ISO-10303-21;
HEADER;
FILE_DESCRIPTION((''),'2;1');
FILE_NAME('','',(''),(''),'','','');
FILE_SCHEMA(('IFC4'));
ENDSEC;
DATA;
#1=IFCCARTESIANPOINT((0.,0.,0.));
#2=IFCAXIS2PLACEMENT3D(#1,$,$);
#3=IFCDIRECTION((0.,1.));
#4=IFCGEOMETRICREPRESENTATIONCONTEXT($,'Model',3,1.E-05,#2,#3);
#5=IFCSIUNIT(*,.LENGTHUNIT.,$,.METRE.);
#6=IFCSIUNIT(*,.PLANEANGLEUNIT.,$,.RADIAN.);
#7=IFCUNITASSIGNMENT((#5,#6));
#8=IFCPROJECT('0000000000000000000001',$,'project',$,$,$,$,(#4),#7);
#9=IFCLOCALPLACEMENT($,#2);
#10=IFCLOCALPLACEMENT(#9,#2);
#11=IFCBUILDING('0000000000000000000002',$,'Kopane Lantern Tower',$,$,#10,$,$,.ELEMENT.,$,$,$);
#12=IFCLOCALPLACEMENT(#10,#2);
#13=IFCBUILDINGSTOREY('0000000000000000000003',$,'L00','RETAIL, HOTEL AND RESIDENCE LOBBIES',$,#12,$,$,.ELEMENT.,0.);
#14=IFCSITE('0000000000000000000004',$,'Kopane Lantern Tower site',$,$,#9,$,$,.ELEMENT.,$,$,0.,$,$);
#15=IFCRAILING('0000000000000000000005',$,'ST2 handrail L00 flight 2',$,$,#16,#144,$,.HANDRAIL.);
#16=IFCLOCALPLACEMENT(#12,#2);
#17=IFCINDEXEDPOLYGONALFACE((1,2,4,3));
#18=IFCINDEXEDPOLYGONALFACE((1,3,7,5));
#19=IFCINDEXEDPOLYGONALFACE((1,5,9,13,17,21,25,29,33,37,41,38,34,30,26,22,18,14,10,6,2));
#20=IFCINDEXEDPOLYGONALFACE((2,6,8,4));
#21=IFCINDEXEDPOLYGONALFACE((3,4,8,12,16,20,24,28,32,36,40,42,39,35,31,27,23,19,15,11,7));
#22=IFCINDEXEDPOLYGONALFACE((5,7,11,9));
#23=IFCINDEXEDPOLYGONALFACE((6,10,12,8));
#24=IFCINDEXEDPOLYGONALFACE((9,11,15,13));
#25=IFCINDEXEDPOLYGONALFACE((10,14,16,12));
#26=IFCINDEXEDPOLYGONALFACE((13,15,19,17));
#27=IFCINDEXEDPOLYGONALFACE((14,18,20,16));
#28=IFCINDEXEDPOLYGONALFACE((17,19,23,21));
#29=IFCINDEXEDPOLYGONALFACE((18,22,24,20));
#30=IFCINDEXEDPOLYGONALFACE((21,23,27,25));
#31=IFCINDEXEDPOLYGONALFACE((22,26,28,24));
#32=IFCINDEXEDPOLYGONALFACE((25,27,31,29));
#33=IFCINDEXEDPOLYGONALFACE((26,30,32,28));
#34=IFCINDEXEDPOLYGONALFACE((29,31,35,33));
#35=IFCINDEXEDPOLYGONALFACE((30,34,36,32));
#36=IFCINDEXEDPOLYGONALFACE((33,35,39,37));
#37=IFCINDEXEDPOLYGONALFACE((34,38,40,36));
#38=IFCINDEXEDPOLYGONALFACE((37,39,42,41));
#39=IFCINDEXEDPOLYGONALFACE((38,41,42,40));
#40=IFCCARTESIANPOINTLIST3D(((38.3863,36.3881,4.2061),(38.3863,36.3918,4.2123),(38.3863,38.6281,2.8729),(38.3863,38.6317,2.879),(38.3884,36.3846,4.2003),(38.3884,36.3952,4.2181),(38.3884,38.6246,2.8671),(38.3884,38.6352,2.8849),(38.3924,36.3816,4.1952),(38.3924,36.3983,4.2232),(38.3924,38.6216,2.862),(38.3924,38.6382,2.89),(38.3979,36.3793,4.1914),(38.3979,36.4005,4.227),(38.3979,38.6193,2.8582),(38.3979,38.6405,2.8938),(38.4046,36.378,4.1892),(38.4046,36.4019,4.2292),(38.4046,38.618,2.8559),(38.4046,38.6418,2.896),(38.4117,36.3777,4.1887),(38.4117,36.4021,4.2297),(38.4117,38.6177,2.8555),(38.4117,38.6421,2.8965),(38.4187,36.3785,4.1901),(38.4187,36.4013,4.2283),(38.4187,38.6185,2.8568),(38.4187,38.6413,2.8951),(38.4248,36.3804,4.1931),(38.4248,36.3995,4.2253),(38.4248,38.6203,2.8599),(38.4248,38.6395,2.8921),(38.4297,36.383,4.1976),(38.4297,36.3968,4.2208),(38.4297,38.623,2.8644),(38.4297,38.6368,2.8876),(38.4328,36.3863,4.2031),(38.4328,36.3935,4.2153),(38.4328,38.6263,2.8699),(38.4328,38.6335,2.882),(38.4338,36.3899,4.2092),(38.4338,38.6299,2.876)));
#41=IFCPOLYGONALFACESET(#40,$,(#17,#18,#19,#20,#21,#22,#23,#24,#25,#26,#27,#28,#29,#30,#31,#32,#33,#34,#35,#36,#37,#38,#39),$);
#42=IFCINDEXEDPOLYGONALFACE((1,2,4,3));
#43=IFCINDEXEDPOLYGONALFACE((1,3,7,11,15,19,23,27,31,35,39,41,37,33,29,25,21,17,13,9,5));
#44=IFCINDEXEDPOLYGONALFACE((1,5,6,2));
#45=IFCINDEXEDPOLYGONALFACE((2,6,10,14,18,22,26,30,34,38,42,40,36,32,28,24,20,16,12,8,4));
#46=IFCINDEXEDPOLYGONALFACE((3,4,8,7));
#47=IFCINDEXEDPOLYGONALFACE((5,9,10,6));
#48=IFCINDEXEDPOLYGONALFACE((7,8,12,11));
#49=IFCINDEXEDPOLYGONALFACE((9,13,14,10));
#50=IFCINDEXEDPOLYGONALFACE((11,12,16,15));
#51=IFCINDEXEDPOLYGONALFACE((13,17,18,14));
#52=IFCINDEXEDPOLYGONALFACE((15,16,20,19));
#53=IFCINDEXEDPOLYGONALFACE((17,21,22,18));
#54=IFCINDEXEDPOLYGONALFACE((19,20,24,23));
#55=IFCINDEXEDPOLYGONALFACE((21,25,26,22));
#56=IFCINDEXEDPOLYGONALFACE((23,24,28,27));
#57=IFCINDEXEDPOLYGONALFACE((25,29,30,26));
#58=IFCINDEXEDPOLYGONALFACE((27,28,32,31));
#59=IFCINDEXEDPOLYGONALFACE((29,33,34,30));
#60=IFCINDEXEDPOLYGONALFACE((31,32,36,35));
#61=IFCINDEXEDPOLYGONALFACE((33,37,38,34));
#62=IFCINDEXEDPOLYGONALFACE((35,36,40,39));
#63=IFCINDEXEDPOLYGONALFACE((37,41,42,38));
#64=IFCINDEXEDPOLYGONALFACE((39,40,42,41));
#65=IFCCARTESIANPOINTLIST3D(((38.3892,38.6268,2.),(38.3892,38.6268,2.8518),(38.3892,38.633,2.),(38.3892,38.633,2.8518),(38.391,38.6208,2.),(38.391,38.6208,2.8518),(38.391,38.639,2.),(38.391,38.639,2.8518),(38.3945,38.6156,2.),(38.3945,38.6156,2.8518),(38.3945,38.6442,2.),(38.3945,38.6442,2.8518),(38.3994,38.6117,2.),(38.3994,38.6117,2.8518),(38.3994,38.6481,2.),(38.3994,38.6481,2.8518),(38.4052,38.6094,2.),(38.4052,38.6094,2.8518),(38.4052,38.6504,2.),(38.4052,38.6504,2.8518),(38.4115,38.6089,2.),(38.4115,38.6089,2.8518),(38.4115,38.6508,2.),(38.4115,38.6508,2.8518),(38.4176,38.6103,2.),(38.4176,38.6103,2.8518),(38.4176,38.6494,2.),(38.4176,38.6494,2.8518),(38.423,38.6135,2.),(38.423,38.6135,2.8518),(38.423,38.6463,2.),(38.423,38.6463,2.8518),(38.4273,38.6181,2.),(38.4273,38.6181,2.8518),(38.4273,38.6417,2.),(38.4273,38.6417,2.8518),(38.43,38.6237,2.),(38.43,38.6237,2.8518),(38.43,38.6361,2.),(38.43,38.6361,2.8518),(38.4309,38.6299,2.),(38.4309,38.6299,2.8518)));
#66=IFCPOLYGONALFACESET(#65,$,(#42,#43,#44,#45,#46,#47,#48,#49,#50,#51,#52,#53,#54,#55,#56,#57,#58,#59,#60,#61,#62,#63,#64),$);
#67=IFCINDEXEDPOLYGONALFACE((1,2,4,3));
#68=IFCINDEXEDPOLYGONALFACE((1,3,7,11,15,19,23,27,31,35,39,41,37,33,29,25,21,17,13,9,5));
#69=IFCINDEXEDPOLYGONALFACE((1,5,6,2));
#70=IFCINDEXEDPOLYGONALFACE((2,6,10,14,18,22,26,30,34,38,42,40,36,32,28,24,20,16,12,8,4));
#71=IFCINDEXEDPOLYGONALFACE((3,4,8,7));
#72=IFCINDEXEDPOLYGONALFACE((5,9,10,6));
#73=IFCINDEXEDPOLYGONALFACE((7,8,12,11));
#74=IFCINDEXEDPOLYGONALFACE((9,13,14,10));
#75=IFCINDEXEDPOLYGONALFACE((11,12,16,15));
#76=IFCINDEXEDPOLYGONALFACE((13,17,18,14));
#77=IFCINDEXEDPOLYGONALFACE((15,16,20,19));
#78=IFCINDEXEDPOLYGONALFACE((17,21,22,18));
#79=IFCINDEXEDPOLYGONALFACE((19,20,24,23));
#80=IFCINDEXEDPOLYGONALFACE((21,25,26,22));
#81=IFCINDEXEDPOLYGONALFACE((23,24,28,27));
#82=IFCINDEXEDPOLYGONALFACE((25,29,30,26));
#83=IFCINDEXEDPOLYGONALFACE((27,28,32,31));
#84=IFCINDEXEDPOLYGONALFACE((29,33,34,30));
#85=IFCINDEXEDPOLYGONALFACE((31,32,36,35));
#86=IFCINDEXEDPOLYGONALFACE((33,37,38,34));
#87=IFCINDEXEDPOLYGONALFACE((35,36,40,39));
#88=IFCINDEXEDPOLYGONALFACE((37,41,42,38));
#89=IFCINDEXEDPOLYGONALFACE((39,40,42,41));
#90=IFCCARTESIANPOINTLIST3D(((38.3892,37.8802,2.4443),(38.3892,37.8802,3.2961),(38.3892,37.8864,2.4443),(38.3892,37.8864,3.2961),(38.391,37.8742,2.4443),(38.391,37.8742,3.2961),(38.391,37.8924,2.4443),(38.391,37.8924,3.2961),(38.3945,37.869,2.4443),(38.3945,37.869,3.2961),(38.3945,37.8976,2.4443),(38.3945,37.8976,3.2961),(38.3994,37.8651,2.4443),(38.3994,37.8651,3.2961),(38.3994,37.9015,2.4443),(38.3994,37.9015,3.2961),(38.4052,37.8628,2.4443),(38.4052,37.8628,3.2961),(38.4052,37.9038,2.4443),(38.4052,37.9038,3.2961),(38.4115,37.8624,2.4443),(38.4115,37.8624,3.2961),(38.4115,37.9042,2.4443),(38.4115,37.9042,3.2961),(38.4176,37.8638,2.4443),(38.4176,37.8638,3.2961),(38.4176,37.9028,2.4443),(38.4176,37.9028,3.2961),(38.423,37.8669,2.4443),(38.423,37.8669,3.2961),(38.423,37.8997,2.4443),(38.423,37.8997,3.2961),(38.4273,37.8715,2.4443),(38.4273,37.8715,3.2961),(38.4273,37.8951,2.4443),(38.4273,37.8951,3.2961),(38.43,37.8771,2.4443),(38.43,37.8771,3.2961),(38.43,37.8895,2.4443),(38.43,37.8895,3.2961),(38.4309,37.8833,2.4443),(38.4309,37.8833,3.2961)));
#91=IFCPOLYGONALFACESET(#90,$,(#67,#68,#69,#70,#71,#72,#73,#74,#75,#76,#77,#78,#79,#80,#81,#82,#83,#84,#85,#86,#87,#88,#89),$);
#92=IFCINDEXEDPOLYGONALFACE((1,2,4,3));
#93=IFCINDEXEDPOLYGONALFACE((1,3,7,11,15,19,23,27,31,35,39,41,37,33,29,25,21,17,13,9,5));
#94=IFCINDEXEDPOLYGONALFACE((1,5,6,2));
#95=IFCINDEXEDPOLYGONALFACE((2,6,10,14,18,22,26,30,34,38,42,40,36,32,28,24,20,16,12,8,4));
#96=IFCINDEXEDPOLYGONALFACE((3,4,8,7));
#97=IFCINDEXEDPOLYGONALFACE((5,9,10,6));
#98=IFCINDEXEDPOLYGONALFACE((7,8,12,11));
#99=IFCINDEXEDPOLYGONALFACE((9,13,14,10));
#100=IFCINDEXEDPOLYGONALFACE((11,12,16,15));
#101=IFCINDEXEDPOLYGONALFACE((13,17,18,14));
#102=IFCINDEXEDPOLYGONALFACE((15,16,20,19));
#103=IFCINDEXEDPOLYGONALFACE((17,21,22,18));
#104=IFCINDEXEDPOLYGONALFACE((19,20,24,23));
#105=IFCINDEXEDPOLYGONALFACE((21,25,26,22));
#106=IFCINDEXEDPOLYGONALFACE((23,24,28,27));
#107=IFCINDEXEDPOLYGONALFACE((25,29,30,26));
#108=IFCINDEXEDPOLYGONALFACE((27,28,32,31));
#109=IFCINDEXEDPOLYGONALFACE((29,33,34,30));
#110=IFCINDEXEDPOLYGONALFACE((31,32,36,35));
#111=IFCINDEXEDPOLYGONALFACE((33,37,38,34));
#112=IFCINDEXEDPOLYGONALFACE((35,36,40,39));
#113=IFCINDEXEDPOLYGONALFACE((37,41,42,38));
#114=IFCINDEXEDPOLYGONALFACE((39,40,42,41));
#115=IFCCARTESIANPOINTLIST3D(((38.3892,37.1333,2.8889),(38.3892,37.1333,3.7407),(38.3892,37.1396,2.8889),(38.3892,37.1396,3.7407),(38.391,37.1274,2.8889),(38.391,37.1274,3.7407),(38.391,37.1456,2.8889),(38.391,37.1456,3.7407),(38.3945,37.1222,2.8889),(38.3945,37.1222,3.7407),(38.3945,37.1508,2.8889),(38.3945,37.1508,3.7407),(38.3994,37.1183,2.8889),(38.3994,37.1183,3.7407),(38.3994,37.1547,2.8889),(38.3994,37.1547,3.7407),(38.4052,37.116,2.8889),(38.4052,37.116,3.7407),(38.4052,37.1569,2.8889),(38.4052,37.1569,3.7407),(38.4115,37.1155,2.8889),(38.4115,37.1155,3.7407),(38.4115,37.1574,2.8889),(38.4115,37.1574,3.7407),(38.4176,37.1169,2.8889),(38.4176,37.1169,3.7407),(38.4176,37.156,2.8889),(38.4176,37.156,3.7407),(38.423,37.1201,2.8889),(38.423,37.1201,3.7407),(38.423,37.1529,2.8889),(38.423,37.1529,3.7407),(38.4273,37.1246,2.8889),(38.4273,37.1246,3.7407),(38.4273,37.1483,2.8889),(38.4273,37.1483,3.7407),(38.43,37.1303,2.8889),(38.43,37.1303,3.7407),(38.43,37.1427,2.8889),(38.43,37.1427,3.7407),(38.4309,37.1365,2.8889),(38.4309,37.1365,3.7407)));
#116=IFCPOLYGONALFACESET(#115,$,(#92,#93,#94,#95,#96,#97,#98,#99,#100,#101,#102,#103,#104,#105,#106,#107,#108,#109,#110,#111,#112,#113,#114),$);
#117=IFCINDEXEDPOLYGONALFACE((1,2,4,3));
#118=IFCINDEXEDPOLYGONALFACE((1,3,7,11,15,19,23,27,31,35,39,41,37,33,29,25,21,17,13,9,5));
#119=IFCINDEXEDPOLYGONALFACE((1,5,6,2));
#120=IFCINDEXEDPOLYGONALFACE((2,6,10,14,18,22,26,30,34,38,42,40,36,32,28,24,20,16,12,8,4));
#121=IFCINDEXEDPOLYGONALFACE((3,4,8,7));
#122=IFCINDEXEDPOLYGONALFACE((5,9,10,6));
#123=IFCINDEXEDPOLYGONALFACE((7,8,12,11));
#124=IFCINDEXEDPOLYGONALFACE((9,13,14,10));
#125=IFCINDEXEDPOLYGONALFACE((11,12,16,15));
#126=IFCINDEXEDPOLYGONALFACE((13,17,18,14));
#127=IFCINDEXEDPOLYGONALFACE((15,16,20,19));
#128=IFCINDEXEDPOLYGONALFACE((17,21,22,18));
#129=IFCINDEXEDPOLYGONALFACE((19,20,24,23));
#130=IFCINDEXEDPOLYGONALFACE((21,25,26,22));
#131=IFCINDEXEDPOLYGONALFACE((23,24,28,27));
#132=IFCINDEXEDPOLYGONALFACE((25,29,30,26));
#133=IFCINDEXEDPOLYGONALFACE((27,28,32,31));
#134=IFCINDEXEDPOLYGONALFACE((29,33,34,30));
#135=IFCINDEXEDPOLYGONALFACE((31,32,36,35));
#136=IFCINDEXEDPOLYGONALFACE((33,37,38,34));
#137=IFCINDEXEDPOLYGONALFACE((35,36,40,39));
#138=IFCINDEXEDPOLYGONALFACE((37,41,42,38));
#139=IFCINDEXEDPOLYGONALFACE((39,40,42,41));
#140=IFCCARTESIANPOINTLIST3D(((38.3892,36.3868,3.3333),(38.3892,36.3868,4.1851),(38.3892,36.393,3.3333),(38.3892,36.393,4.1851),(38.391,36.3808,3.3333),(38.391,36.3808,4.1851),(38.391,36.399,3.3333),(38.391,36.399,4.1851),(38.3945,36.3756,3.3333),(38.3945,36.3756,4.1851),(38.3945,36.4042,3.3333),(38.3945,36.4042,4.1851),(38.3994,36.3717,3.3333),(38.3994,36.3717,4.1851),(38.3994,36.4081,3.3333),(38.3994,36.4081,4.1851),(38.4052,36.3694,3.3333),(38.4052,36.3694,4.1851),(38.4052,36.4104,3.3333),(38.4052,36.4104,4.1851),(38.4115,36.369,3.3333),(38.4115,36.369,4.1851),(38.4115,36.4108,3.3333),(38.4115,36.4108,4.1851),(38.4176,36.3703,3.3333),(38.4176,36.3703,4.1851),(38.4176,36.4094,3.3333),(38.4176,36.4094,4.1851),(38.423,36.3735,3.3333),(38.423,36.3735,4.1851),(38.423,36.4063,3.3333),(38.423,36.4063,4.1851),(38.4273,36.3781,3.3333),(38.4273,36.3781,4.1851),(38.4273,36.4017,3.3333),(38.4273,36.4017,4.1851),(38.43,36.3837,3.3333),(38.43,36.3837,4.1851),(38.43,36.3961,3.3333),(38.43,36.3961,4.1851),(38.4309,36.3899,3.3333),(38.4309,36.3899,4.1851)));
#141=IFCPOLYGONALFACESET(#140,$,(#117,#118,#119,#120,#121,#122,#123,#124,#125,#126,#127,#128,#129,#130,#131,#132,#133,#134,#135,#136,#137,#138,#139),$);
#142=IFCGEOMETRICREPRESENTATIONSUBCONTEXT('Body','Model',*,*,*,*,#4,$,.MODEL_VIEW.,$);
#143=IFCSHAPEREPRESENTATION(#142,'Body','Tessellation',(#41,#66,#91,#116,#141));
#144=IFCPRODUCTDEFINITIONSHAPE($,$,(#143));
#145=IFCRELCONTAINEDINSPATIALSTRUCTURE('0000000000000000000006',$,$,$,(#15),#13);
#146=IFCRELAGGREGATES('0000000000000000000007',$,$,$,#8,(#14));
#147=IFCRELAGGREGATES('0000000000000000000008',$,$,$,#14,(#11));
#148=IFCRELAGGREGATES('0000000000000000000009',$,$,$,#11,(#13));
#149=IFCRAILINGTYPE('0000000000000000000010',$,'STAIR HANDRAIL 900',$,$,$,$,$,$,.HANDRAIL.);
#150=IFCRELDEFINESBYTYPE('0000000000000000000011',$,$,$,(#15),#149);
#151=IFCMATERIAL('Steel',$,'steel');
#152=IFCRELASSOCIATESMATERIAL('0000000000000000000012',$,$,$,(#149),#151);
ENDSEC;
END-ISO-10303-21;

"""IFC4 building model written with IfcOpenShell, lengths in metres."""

from ifc_helpers import new_model, si_unit, direction, frame, origin, origin_2d, place, context, subcontext, project, spatial, circle, extrude, material, type_object, element, save


model = new_model("IFC4")

# Units and contexts
model_context = context("Model", 3, precision=1e-05, world=origin(), true_north=direction((0.0, 1.0)))
body_context = subcontext(model_context, "Body", "Model", "MODEL_VIEW")
ifc_project = project(units=[si_unit("LENGTHUNIT", "METRE"), si_unit("PLANEANGLEUNIT", "RADIAN")], contexts=[model_context])

# Site, building, storey
site_placement = place(None, origin())
site = spatial("IfcSite", under=ifc_project, at=site_placement, Name="Kopane Lantern Tower site", CompositionType="ELEMENT", RefElevation=0.0)
building_placement = place(site_placement, origin())
building = spatial("IfcBuilding", under=site, at=building_placement, Name="Kopane Lantern Tower", CompositionType="ELEMENT")
storey_placement = place(building_placement, origin())
storey = spatial("IfcBuildingStorey", under=building, at=storey_placement, Name="L00", Description="RETAIL, HOTEL AND RESIDENCE LOBBIES", CompositionType="ELEMENT", Elevation=0.0)

# Railing
ifc_material_1 = material(Name="Steel", Category="steel")
railing_type = type_object("IfcRailingType", Name="STAIR HANDRAIL 900", PredefinedType="HANDRAIL", material=ifc_material_1)
for number, where, name in (
    (1, (38.4099, 38.6299, 2.0), "ST2 handrail L00 flight 2"),
):
    element("IfcRailing", number, at=place(storey_placement, frame(where)), inside=storey, type_object=railing_type, Name=name, PredefinedType="HANDRAIL", context=body_context, shape_type="SweptSolid", body=[
        extrude(circle(Radius=0.0239, at=origin_2d()), frame((0.0, 0.0, 0.876), z_axis=(0.0, -0.859306, 0.511462), x_axis=(1.0, 0.0, 0.0)), (0.0, 0.0, 1.0), 2.6067),
        extrude(circle(Radius=0.021, at=origin_2d()), origin(), (0.0, 0.0, 1.0), 0.8518),
        extrude(circle(Radius=0.021, at=origin_2d()), frame((0.0, -0.7466, 0.4443)), (0.0, 0.0, 1.0), 0.8518),
        extrude(circle(Radius=0.021, at=origin_2d()), frame((0.0, -1.4934, 0.8889)), (0.0, 0.0, 1.0), 0.8518),
        extrude(circle(Radius=0.021, at=origin_2d()), frame((0.0, -2.24, 1.3333)), (0.0, 0.0, 1.0), 0.8518),
    ])

save(model, "model.ifc")
